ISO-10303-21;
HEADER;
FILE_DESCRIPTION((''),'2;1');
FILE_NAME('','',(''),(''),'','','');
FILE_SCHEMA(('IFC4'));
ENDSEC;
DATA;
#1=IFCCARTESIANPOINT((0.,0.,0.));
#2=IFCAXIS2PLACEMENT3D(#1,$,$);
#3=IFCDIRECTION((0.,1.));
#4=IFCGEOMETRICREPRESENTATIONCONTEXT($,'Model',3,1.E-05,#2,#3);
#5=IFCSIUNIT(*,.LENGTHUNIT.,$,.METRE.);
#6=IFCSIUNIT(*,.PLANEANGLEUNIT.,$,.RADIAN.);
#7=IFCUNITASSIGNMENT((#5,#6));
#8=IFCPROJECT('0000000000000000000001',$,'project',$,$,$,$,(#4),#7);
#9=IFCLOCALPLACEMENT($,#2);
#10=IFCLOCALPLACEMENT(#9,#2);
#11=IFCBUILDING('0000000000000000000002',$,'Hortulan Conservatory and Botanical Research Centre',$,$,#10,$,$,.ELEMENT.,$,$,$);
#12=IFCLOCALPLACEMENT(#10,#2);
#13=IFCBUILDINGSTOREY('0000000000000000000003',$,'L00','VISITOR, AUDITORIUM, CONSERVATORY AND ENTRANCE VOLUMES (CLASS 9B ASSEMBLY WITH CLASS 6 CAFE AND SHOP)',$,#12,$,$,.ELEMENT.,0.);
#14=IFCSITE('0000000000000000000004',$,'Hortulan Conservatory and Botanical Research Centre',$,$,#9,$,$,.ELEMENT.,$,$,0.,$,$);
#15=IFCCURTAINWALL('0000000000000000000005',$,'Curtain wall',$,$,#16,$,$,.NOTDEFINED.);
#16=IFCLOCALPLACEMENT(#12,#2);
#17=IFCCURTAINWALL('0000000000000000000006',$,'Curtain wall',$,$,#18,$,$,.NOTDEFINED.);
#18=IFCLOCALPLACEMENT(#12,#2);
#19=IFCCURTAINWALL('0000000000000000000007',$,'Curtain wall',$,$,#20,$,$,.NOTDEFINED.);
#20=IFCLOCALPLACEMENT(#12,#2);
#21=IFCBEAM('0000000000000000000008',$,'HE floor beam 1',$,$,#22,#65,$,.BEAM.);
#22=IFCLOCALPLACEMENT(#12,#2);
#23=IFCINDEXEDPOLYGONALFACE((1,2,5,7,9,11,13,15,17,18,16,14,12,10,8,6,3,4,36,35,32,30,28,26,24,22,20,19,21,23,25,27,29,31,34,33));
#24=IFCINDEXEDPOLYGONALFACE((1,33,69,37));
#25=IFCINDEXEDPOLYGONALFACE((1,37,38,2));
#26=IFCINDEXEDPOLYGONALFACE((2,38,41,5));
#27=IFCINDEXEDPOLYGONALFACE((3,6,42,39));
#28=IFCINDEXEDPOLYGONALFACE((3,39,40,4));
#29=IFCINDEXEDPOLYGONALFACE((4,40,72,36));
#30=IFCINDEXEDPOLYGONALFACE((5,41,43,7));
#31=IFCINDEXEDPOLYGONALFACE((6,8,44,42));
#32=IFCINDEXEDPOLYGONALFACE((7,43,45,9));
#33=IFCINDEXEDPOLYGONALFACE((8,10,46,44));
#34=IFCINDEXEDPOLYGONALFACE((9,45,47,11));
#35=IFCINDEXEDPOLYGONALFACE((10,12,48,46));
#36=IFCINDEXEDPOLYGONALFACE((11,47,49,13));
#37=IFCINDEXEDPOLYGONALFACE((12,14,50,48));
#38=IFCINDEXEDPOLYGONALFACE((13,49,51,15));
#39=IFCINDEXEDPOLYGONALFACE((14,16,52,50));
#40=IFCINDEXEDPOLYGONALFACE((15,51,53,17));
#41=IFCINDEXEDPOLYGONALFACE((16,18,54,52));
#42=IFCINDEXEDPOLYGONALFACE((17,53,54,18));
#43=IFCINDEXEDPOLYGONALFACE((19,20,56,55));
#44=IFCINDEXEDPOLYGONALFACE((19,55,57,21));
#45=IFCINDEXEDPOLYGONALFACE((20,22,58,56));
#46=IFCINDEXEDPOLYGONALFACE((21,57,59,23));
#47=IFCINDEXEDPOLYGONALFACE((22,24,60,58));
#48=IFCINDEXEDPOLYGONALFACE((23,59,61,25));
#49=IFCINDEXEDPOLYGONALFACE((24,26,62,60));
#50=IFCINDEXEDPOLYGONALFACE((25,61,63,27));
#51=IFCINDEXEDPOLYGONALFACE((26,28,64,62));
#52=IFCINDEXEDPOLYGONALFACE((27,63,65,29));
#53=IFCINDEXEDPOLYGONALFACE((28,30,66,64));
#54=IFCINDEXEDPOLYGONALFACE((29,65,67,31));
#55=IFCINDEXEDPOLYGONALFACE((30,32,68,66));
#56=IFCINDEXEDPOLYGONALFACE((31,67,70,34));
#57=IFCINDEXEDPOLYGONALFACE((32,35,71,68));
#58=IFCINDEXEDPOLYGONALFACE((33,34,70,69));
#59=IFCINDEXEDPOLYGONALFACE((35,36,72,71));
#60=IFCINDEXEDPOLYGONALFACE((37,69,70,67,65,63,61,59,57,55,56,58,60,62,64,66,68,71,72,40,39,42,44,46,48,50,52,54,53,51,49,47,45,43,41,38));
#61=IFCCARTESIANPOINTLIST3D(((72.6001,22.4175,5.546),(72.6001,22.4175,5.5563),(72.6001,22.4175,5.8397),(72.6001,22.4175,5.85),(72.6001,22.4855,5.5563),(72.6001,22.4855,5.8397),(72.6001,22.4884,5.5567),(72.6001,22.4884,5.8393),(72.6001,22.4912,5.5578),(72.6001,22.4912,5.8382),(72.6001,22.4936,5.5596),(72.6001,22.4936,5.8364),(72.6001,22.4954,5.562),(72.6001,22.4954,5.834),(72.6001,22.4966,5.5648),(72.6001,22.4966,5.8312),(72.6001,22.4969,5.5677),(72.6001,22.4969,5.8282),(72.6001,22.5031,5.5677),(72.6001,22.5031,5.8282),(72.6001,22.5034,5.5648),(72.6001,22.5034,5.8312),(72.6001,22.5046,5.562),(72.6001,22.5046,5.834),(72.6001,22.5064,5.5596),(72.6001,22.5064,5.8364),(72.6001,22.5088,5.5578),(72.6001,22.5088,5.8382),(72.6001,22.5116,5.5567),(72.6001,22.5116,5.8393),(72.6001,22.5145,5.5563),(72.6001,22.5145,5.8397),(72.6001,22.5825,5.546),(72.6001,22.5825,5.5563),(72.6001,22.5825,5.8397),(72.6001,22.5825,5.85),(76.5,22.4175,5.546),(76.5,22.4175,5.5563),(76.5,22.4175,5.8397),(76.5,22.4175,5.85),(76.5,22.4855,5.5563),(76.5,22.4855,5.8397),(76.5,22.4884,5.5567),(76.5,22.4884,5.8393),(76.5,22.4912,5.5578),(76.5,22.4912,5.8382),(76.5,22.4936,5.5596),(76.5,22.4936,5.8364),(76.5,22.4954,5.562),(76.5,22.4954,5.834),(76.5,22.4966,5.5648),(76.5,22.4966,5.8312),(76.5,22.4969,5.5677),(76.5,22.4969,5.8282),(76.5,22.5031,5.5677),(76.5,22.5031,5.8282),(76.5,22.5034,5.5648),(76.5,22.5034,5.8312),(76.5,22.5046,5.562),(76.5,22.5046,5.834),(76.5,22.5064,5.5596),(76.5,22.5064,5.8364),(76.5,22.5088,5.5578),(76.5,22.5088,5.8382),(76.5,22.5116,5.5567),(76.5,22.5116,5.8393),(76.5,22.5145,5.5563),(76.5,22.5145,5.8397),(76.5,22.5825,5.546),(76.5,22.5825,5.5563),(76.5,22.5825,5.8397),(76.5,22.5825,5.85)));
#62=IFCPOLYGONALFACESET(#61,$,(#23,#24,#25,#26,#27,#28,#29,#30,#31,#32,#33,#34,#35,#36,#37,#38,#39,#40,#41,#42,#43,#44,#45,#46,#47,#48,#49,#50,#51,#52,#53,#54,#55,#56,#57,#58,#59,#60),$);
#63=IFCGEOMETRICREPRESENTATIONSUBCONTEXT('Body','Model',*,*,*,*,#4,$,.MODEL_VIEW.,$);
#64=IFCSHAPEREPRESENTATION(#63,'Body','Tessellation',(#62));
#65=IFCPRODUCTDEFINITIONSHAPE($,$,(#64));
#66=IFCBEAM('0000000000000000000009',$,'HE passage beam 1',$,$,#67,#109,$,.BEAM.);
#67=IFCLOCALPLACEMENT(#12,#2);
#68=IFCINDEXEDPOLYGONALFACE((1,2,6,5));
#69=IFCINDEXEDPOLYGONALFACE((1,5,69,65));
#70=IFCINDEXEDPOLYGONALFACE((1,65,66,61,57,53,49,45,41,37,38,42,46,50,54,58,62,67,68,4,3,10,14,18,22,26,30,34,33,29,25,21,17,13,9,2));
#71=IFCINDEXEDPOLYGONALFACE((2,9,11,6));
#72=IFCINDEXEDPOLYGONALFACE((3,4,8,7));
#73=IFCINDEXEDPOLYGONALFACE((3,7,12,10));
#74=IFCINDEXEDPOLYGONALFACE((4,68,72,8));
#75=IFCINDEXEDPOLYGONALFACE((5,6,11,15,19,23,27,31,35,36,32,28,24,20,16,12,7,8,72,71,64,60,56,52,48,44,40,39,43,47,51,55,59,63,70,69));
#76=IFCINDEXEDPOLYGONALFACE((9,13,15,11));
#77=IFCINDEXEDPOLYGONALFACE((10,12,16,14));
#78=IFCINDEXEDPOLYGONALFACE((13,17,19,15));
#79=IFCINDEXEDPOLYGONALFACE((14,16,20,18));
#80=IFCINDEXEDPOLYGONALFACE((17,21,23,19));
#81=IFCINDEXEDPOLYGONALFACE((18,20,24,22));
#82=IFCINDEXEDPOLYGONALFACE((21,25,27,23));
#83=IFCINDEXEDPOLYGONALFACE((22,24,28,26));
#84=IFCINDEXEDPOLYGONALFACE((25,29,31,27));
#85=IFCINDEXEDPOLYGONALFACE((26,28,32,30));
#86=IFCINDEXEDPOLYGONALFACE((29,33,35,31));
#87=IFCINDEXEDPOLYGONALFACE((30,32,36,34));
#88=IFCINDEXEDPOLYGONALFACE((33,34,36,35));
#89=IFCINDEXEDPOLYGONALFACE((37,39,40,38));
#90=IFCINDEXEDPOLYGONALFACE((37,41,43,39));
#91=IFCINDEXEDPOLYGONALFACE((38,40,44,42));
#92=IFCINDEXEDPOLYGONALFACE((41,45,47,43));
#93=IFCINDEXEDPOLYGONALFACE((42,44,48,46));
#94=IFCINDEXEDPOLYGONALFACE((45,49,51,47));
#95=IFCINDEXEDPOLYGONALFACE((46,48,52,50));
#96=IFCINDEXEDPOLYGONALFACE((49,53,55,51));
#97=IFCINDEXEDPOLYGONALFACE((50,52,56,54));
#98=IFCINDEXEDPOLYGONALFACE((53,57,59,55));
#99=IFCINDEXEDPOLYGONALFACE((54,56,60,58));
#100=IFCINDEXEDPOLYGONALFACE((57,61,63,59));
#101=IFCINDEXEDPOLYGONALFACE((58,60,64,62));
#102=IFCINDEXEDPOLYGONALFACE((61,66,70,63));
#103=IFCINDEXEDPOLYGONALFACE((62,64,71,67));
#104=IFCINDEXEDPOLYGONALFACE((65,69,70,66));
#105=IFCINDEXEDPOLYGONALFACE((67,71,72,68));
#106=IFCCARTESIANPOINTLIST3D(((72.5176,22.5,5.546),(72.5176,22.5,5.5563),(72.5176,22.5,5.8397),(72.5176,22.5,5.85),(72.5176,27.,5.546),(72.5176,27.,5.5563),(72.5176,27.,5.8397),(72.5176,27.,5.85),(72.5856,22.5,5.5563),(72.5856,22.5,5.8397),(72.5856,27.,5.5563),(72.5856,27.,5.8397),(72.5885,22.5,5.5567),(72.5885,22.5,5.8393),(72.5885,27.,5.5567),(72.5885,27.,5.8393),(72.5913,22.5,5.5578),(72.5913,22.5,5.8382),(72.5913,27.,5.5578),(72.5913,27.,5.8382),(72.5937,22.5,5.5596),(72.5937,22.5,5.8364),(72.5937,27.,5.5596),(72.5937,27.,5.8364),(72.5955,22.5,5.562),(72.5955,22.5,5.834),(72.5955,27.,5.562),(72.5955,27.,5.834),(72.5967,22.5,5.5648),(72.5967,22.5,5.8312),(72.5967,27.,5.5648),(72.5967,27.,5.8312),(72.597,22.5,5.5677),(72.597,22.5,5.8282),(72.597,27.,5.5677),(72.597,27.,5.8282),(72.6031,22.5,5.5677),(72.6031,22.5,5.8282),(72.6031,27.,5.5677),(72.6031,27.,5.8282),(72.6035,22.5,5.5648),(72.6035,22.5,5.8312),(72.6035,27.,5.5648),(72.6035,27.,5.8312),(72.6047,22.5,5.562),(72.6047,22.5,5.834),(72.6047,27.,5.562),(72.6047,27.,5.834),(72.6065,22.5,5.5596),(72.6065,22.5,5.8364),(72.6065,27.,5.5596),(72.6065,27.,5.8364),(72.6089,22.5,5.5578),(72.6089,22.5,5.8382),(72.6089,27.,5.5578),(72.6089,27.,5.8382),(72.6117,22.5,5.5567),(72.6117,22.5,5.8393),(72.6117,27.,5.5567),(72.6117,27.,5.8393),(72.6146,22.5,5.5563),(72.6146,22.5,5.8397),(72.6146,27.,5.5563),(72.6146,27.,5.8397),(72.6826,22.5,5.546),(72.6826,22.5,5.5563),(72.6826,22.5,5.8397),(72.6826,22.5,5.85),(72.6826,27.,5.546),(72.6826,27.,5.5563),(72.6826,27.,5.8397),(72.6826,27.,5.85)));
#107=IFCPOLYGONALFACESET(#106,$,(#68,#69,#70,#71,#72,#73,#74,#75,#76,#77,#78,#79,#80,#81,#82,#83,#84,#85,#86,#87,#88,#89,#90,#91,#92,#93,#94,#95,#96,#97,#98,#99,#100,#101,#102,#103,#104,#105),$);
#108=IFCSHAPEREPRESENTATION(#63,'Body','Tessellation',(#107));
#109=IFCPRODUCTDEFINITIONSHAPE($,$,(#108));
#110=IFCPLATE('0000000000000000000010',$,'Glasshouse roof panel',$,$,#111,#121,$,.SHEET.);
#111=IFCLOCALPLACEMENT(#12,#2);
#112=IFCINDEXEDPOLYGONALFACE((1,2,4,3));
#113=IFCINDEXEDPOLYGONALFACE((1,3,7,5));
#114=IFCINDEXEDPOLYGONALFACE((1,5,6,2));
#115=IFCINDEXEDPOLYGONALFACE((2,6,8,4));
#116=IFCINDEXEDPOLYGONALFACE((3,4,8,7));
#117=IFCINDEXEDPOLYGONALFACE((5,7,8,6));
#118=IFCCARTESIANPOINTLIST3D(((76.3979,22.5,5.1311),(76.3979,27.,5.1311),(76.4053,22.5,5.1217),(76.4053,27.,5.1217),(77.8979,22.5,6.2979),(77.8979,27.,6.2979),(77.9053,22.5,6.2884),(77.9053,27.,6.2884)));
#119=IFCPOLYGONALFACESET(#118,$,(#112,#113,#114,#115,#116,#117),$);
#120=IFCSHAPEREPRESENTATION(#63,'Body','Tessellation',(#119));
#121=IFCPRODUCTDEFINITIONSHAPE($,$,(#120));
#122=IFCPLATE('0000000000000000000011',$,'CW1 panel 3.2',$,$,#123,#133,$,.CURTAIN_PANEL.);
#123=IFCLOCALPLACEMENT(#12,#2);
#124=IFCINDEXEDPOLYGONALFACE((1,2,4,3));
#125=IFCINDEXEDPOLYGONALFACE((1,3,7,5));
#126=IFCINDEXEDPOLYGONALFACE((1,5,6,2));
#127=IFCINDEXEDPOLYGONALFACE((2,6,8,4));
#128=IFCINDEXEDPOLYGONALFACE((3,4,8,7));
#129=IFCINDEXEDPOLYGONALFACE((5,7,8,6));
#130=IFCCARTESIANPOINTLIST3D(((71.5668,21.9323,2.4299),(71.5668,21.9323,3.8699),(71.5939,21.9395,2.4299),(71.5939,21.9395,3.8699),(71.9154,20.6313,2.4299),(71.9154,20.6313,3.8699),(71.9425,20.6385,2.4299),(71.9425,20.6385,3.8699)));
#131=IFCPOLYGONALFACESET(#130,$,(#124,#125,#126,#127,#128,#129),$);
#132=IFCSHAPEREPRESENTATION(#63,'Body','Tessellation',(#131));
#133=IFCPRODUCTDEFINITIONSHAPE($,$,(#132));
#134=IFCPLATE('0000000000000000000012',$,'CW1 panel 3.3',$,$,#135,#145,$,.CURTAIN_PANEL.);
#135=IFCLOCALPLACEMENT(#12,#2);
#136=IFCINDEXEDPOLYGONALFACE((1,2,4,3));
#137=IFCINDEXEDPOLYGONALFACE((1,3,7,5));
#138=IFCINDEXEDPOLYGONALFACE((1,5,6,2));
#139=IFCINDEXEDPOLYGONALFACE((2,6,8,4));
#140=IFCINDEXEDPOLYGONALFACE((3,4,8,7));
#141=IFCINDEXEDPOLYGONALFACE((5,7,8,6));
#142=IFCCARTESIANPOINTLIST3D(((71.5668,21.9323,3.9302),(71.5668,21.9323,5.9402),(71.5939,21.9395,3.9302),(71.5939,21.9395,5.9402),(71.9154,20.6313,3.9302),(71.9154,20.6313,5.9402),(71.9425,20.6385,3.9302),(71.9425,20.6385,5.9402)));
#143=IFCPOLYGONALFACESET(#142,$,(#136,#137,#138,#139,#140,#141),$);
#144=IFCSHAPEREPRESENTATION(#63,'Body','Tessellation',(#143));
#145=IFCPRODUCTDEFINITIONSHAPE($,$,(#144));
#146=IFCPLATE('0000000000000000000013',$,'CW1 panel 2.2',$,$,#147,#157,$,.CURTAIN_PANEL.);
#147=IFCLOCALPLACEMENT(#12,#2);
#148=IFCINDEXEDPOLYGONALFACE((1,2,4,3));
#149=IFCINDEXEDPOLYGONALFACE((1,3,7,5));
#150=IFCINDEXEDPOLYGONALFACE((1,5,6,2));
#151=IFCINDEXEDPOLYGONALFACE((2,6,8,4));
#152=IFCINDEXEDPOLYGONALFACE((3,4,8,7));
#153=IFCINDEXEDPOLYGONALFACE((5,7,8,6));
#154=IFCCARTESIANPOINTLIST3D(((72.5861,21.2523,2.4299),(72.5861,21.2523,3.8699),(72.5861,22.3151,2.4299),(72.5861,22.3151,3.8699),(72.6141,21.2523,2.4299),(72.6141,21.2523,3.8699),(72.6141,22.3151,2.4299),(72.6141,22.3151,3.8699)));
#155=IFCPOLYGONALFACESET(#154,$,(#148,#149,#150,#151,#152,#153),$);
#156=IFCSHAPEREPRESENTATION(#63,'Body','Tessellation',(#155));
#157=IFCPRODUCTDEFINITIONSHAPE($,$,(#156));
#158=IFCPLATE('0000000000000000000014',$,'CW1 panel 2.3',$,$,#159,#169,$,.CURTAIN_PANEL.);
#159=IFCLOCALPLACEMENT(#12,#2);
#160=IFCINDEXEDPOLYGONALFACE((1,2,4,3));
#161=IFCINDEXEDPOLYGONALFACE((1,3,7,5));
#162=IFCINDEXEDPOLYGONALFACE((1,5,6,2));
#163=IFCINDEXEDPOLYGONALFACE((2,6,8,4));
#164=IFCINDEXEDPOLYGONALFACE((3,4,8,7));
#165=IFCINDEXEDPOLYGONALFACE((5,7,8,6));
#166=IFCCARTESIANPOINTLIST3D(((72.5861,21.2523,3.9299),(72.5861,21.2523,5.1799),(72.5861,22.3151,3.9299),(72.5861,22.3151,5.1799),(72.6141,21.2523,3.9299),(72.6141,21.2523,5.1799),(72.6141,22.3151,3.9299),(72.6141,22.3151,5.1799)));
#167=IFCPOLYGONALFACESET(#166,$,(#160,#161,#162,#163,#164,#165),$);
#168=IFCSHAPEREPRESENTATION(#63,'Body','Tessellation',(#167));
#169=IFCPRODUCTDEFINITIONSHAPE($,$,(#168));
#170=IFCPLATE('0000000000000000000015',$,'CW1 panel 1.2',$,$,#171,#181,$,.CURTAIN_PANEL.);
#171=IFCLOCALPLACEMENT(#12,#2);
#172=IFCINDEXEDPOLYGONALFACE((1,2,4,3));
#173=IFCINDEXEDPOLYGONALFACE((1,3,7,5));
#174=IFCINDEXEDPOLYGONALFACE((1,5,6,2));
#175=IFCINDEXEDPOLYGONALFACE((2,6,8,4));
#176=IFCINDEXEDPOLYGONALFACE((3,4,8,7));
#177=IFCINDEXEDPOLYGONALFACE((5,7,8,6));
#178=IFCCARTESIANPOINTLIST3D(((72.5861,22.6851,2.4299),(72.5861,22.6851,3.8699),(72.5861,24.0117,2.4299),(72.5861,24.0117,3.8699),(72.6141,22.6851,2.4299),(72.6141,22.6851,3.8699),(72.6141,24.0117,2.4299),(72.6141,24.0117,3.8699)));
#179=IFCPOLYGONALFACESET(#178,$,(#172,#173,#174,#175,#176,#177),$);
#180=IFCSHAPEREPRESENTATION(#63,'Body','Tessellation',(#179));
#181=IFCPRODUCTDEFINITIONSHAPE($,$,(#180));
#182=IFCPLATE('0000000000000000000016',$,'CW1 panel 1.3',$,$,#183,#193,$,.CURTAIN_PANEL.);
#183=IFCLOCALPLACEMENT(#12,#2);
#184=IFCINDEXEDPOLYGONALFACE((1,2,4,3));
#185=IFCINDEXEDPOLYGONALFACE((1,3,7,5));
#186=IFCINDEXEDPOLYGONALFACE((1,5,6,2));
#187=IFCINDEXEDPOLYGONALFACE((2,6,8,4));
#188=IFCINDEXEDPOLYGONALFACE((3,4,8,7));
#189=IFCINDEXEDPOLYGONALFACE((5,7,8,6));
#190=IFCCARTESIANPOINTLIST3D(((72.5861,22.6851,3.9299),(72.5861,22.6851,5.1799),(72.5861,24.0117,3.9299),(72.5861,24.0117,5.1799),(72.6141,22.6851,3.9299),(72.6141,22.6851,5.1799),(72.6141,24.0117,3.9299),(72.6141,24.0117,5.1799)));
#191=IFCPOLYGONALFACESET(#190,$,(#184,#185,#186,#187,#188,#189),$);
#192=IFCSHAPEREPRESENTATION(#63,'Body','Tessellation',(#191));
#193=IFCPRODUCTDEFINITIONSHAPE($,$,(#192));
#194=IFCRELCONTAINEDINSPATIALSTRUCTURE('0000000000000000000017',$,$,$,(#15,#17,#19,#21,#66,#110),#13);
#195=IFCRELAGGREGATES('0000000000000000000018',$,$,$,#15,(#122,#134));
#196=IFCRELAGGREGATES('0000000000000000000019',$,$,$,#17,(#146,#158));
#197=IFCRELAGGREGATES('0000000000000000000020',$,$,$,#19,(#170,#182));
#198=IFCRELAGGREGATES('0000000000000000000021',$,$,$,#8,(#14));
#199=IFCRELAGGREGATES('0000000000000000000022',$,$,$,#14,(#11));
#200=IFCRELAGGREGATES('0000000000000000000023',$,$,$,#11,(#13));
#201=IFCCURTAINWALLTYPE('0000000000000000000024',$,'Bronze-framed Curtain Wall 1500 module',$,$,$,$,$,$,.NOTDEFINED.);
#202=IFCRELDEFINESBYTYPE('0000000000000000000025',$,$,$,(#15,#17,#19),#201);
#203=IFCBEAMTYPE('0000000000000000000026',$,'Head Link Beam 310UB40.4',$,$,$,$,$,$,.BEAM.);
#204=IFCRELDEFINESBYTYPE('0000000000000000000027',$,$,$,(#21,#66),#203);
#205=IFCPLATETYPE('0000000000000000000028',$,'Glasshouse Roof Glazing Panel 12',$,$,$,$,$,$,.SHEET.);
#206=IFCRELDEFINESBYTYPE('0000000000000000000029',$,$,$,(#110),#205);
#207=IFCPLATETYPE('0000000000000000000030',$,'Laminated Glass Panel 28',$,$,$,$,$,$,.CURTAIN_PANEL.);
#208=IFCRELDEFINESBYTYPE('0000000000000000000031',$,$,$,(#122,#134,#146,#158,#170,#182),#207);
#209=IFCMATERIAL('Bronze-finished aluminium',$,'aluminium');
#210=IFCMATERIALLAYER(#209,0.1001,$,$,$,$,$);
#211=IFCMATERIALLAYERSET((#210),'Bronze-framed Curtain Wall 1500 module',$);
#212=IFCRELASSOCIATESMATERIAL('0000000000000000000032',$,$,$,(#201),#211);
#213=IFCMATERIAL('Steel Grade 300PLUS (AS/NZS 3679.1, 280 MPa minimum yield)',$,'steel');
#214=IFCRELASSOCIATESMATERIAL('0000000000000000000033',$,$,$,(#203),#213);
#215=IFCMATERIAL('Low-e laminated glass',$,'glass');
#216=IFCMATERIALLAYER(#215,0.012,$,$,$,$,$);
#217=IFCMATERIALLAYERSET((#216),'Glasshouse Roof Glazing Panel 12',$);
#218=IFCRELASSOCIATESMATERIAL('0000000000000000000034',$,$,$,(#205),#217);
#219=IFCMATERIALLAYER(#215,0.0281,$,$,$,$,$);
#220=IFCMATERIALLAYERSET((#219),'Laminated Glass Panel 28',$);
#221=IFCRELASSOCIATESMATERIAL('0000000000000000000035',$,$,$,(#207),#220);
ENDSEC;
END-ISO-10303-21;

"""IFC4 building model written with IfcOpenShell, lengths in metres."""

from ifc_helpers import new_model, si_unit, direction, frame, origin, origin_2d, place, context, subcontext, project, spatial, polyline, rectangle, i_section, outline, extrude, material, layer, layer_set, material_profile, profile_set, type_object, element, aggregate, save


model = new_model("IFC4")

# Units and contexts
model_context = context("Model", 3, precision=1e-05, world=origin(), true_north=direction((0.0, 1.0)))
body_context = subcontext(model_context, "Body", "Model", "MODEL_VIEW")
ifc_project = project(units=[si_unit("LENGTHUNIT", "METRE"), si_unit("PLANEANGLEUNIT", "RADIAN")], contexts=[model_context])

# Site, building, storey
site_placement = place(None, origin())
site = spatial("IfcSite", under=ifc_project, at=site_placement, Name="Hortulan Conservatory and Botanical Research Centre", CompositionType="ELEMENT", RefElevation=0.0)
building_placement = place(site_placement, origin())
building = spatial("IfcBuilding", under=site, at=building_placement, Name="Hortulan Conservatory and Botanical Research Centre", CompositionType="ELEMENT")
storey_placement = place(building_placement, origin())
storey = spatial("IfcBuildingStorey", under=building, at=storey_placement, Name="L00", Description="VISITOR, AUDITORIUM, CONSERVATORY AND ENTRANCE VOLUMES (CLASS 9B ASSEMBLY WITH CLASS 6 CAFE AND SHOP)", CompositionType="ELEMENT", Elevation=0.0)

# Curtain walls
ifc_material_1 = material(Name="Bronze-finished aluminium", Category="aluminium")
ifc_layer_1 = layer(ifc_material_1, 0.1001)
ifc_layer_set_1 = layer_set([ifc_layer_1], Name="Bronze-framed Curtain Wall 1500 module")
curtain_wall_type = type_object("IfcCurtainWallType", Name="Bronze-framed Curtain Wall 1500 module", PredefinedType="NOTDEFINED", material=ifc_layer_set_1)
curtain_wall_1_placement = place(storey_placement, origin())
curtain_wall_1 = element("IfcCurtainWall", 1, at=curtain_wall_1_placement, inside=storey, type_object=curtain_wall_type, Name="Curtain wall", PredefinedType="NOTDEFINED")
curtain_wall_2_placement = place(storey_placement, origin())
curtain_wall_2 = element("IfcCurtainWall", 2, at=curtain_wall_2_placement, inside=storey, type_object=curtain_wall_type, Name="Curtain wall", PredefinedType="NOTDEFINED")
curtain_wall_3_placement = place(storey_placement, origin())
curtain_wall_3 = element("IfcCurtainWall", 3, at=curtain_wall_3_placement, inside=storey, type_object=curtain_wall_type, Name="Curtain wall", PredefinedType="NOTDEFINED")

# Beams
ifc_material_2 = material(Name="Steel Grade 300PLUS (AS/NZS 3679.1, 280 MPa minimum yield)", Category="steel")
ifc_material_profile_1 = material_profile(ifc_material_2, i_section(OverallWidth=0.165, OverallDepth=0.304, WebThickness=0.0061, FlangeThickness=0.0103, FilletRadius=0.0115, at=origin_2d()), Name="310UB40.4")
ifc_profile_set_1 = profile_set([ifc_material_profile_1], Name="Steel Grade 300PLUS (AS/NZS 3679.1, 280 MPa minimum yield)")
beam_type = type_object("IfcBeamType", Name="Head Link Beam 310UB40.4", PredefinedType="BEAM", material=ifc_profile_set_1)
beam_1_placement = place(storey_placement, frame((72.6001, 22.5, 5.698), z_axis=(1.0, 0.0, 0.0), x_axis=(0.0, 1.0, 0.0)))
element("IfcBeam", 4, at=beam_1_placement, inside=storey, type_object=beam_type, Name="HE floor beam 1", PredefinedType="BEAM", context=body_context, shape_type="SweptSolid", body=[
    extrude(i_section(OverallWidth=0.165, OverallDepth=0.304, WebThickness=0.0061, FlangeThickness=0.0103, FilletRadius=0.0115, at=origin_2d()), origin(), (0.0, 0.0, 1.0), 3.8999),
])
beam_2_placement = place(storey_placement, frame((72.6001, 22.5, 5.698), z_axis=(0.0, 1.0, 0.0), x_axis=(-1.0, 0.0, 0.0)))
element("IfcBeam", 5, at=beam_2_placement, inside=storey, type_object=beam_type, Name="HE passage beam 1", PredefinedType="BEAM", context=body_context, shape_type="SweptSolid", body=[
    extrude(i_section(OverallWidth=0.165, OverallDepth=0.304, WebThickness=0.0061, FlangeThickness=0.0103, FilletRadius=0.0115, at=origin_2d()), origin(), (0.0, 0.0, 1.0), 4.5),
])

# Plates
ifc_material_3 = material(Name="Low-e laminated glass", Category="glass")
ifc_layer_2 = layer(ifc_material_3, 0.012)
ifc_layer_set_2 = layer_set([ifc_layer_2], Name="Glasshouse Roof Glazing Panel 12")
plate_type_1 = type_object("IfcPlateType", Name="Glasshouse Roof Glazing Panel 12", PredefinedType="SHEET", material=ifc_layer_set_2)
plate_1_placement = place(storey_placement, frame((76.3979, 22.5, 5.1311), z_axis=(-0.613967, 0.0, 0.789331), x_axis=(0.789331, 0.0, 0.613967)))
element("IfcPlate", 6, at=plate_1_placement, inside=storey, type_object=plate_type_1, Name="Glasshouse roof panel", PredefinedType="SHEET", context=body_context, shape_type="SweptSolid", body=[
    extrude(outline(polyline([(0.0, 0.0), (1.9003, 0.0), (1.9003, 4.5), (0.0, 4.5), (0.0, 0.0)])), origin(), (0.0, 0.0, -1.0), 0.012),
])
ifc_layer_3 = layer(ifc_material_3, 0.0281)
ifc_layer_set_3 = layer_set([ifc_layer_3], Name="Laminated Glass Panel 28")
plate_type_2 = type_object("IfcPlateType", Name="Laminated Glass Panel 28", PredefinedType="CURTAIN_PANEL", material=ifc_layer_set_3)
plate_2_placement = place(storey_placement, frame((71.7546, 21.2854, 2.4299), z_axis=(0.0, 0.0, 1.0), x_axis=(0.258832, -0.965922, 0.0)))
plate_2 = element("IfcPlate", 7, at=plate_2_placement, type_object=plate_type_2, Name="CW1 panel 3.2", PredefinedType="CURTAIN_PANEL", context=body_context, shape_type="SweptSolid", body=[
    extrude(rectangle(XDim=1.3469, YDim=0.0281, at=origin_2d()), origin(), (0.0, 0.0, 1.0), 1.4399),
])
plate_3_placement = place(storey_placement, frame((71.7546, 21.2854, 3.9302), z_axis=(0.0, 0.0, 1.0), x_axis=(0.258832, -0.965922, 0.0)))
plate_3 = element("IfcPlate", 8, at=plate_3_placement, type_object=plate_type_2, Name="CW1 panel 3.3", PredefinedType="CURTAIN_PANEL", context=body_context, shape_type="SweptSolid", body=[
    extrude(rectangle(XDim=1.3469, YDim=0.0281, at=origin_2d()), origin(), (0.0, 0.0, 1.0), 2.01),
])
aggregate(curtain_wall_1, [plate_2, plate_3])
plate_4_placement = place(storey_placement, frame((72.6001, 21.7837, 2.4299), z_axis=(0.0, 0.0, 1.0), x_axis=(0.0, 1.0, 0.0)))
plate_4 = element("IfcPlate", 9, at=plate_4_placement, type_object=plate_type_2, Name="CW1 panel 2.2", PredefinedType="CURTAIN_PANEL", context=body_context, shape_type="SweptSolid", body=[
    extrude(rectangle(XDim=1.0627, YDim=0.0281, at=origin_2d()), origin(), (0.0, 0.0, 1.0), 1.4399),
])
plate_5_placement = place(storey_placement, frame((72.6001, 21.7837, 3.9299), z_axis=(0.0, 0.0, 1.0), x_axis=(0.0, 1.0, 0.0)))
plate_5 = element("IfcPlate", 10, at=plate_5_placement, type_object=plate_type_2, Name="CW1 panel 2.3", PredefinedType="CURTAIN_PANEL", context=body_context, shape_type="SweptSolid", body=[
    extrude(rectangle(XDim=1.0627, YDim=0.0281, at=origin_2d()), origin(), (0.0, 0.0, 1.0), 1.25),
])
aggregate(curtain_wall_2, [plate_4, plate_5])
plate_6_placement = place(storey_placement, frame((72.6001, 23.3484, 2.4299), z_axis=(0.0, 0.0, 1.0), x_axis=(0.0, 1.0, 0.0)))
plate_6 = element("IfcPlate", 11, at=plate_6_placement, type_object=plate_type_2, Name="CW1 panel 1.2", PredefinedType="CURTAIN_PANEL", context=body_context, shape_type="SweptSolid", body=[
    extrude(rectangle(XDim=1.3267, YDim=0.0281, at=origin_2d()), origin(), (0.0, 0.0, 1.0), 1.4399),
])
plate_7_placement = place(storey_placement, frame((72.6001, 23.3484, 3.9299), z_axis=(0.0, 0.0, 1.0), x_axis=(0.0, 1.0, 0.0)))
plate_7 = element("IfcPlate", 12, at=plate_7_placement, type_object=plate_type_2, Name="CW1 panel 1.3", PredefinedType="CURTAIN_PANEL", context=body_context, shape_type="SweptSolid", body=[
    extrude(rectangle(XDim=1.3267, YDim=0.0281, at=origin_2d()), origin(), (0.0, 0.0, 1.0), 1.25),
])
aggregate(curtain_wall_3, [plate_6, plate_7])

save(model, "model.ifc")
